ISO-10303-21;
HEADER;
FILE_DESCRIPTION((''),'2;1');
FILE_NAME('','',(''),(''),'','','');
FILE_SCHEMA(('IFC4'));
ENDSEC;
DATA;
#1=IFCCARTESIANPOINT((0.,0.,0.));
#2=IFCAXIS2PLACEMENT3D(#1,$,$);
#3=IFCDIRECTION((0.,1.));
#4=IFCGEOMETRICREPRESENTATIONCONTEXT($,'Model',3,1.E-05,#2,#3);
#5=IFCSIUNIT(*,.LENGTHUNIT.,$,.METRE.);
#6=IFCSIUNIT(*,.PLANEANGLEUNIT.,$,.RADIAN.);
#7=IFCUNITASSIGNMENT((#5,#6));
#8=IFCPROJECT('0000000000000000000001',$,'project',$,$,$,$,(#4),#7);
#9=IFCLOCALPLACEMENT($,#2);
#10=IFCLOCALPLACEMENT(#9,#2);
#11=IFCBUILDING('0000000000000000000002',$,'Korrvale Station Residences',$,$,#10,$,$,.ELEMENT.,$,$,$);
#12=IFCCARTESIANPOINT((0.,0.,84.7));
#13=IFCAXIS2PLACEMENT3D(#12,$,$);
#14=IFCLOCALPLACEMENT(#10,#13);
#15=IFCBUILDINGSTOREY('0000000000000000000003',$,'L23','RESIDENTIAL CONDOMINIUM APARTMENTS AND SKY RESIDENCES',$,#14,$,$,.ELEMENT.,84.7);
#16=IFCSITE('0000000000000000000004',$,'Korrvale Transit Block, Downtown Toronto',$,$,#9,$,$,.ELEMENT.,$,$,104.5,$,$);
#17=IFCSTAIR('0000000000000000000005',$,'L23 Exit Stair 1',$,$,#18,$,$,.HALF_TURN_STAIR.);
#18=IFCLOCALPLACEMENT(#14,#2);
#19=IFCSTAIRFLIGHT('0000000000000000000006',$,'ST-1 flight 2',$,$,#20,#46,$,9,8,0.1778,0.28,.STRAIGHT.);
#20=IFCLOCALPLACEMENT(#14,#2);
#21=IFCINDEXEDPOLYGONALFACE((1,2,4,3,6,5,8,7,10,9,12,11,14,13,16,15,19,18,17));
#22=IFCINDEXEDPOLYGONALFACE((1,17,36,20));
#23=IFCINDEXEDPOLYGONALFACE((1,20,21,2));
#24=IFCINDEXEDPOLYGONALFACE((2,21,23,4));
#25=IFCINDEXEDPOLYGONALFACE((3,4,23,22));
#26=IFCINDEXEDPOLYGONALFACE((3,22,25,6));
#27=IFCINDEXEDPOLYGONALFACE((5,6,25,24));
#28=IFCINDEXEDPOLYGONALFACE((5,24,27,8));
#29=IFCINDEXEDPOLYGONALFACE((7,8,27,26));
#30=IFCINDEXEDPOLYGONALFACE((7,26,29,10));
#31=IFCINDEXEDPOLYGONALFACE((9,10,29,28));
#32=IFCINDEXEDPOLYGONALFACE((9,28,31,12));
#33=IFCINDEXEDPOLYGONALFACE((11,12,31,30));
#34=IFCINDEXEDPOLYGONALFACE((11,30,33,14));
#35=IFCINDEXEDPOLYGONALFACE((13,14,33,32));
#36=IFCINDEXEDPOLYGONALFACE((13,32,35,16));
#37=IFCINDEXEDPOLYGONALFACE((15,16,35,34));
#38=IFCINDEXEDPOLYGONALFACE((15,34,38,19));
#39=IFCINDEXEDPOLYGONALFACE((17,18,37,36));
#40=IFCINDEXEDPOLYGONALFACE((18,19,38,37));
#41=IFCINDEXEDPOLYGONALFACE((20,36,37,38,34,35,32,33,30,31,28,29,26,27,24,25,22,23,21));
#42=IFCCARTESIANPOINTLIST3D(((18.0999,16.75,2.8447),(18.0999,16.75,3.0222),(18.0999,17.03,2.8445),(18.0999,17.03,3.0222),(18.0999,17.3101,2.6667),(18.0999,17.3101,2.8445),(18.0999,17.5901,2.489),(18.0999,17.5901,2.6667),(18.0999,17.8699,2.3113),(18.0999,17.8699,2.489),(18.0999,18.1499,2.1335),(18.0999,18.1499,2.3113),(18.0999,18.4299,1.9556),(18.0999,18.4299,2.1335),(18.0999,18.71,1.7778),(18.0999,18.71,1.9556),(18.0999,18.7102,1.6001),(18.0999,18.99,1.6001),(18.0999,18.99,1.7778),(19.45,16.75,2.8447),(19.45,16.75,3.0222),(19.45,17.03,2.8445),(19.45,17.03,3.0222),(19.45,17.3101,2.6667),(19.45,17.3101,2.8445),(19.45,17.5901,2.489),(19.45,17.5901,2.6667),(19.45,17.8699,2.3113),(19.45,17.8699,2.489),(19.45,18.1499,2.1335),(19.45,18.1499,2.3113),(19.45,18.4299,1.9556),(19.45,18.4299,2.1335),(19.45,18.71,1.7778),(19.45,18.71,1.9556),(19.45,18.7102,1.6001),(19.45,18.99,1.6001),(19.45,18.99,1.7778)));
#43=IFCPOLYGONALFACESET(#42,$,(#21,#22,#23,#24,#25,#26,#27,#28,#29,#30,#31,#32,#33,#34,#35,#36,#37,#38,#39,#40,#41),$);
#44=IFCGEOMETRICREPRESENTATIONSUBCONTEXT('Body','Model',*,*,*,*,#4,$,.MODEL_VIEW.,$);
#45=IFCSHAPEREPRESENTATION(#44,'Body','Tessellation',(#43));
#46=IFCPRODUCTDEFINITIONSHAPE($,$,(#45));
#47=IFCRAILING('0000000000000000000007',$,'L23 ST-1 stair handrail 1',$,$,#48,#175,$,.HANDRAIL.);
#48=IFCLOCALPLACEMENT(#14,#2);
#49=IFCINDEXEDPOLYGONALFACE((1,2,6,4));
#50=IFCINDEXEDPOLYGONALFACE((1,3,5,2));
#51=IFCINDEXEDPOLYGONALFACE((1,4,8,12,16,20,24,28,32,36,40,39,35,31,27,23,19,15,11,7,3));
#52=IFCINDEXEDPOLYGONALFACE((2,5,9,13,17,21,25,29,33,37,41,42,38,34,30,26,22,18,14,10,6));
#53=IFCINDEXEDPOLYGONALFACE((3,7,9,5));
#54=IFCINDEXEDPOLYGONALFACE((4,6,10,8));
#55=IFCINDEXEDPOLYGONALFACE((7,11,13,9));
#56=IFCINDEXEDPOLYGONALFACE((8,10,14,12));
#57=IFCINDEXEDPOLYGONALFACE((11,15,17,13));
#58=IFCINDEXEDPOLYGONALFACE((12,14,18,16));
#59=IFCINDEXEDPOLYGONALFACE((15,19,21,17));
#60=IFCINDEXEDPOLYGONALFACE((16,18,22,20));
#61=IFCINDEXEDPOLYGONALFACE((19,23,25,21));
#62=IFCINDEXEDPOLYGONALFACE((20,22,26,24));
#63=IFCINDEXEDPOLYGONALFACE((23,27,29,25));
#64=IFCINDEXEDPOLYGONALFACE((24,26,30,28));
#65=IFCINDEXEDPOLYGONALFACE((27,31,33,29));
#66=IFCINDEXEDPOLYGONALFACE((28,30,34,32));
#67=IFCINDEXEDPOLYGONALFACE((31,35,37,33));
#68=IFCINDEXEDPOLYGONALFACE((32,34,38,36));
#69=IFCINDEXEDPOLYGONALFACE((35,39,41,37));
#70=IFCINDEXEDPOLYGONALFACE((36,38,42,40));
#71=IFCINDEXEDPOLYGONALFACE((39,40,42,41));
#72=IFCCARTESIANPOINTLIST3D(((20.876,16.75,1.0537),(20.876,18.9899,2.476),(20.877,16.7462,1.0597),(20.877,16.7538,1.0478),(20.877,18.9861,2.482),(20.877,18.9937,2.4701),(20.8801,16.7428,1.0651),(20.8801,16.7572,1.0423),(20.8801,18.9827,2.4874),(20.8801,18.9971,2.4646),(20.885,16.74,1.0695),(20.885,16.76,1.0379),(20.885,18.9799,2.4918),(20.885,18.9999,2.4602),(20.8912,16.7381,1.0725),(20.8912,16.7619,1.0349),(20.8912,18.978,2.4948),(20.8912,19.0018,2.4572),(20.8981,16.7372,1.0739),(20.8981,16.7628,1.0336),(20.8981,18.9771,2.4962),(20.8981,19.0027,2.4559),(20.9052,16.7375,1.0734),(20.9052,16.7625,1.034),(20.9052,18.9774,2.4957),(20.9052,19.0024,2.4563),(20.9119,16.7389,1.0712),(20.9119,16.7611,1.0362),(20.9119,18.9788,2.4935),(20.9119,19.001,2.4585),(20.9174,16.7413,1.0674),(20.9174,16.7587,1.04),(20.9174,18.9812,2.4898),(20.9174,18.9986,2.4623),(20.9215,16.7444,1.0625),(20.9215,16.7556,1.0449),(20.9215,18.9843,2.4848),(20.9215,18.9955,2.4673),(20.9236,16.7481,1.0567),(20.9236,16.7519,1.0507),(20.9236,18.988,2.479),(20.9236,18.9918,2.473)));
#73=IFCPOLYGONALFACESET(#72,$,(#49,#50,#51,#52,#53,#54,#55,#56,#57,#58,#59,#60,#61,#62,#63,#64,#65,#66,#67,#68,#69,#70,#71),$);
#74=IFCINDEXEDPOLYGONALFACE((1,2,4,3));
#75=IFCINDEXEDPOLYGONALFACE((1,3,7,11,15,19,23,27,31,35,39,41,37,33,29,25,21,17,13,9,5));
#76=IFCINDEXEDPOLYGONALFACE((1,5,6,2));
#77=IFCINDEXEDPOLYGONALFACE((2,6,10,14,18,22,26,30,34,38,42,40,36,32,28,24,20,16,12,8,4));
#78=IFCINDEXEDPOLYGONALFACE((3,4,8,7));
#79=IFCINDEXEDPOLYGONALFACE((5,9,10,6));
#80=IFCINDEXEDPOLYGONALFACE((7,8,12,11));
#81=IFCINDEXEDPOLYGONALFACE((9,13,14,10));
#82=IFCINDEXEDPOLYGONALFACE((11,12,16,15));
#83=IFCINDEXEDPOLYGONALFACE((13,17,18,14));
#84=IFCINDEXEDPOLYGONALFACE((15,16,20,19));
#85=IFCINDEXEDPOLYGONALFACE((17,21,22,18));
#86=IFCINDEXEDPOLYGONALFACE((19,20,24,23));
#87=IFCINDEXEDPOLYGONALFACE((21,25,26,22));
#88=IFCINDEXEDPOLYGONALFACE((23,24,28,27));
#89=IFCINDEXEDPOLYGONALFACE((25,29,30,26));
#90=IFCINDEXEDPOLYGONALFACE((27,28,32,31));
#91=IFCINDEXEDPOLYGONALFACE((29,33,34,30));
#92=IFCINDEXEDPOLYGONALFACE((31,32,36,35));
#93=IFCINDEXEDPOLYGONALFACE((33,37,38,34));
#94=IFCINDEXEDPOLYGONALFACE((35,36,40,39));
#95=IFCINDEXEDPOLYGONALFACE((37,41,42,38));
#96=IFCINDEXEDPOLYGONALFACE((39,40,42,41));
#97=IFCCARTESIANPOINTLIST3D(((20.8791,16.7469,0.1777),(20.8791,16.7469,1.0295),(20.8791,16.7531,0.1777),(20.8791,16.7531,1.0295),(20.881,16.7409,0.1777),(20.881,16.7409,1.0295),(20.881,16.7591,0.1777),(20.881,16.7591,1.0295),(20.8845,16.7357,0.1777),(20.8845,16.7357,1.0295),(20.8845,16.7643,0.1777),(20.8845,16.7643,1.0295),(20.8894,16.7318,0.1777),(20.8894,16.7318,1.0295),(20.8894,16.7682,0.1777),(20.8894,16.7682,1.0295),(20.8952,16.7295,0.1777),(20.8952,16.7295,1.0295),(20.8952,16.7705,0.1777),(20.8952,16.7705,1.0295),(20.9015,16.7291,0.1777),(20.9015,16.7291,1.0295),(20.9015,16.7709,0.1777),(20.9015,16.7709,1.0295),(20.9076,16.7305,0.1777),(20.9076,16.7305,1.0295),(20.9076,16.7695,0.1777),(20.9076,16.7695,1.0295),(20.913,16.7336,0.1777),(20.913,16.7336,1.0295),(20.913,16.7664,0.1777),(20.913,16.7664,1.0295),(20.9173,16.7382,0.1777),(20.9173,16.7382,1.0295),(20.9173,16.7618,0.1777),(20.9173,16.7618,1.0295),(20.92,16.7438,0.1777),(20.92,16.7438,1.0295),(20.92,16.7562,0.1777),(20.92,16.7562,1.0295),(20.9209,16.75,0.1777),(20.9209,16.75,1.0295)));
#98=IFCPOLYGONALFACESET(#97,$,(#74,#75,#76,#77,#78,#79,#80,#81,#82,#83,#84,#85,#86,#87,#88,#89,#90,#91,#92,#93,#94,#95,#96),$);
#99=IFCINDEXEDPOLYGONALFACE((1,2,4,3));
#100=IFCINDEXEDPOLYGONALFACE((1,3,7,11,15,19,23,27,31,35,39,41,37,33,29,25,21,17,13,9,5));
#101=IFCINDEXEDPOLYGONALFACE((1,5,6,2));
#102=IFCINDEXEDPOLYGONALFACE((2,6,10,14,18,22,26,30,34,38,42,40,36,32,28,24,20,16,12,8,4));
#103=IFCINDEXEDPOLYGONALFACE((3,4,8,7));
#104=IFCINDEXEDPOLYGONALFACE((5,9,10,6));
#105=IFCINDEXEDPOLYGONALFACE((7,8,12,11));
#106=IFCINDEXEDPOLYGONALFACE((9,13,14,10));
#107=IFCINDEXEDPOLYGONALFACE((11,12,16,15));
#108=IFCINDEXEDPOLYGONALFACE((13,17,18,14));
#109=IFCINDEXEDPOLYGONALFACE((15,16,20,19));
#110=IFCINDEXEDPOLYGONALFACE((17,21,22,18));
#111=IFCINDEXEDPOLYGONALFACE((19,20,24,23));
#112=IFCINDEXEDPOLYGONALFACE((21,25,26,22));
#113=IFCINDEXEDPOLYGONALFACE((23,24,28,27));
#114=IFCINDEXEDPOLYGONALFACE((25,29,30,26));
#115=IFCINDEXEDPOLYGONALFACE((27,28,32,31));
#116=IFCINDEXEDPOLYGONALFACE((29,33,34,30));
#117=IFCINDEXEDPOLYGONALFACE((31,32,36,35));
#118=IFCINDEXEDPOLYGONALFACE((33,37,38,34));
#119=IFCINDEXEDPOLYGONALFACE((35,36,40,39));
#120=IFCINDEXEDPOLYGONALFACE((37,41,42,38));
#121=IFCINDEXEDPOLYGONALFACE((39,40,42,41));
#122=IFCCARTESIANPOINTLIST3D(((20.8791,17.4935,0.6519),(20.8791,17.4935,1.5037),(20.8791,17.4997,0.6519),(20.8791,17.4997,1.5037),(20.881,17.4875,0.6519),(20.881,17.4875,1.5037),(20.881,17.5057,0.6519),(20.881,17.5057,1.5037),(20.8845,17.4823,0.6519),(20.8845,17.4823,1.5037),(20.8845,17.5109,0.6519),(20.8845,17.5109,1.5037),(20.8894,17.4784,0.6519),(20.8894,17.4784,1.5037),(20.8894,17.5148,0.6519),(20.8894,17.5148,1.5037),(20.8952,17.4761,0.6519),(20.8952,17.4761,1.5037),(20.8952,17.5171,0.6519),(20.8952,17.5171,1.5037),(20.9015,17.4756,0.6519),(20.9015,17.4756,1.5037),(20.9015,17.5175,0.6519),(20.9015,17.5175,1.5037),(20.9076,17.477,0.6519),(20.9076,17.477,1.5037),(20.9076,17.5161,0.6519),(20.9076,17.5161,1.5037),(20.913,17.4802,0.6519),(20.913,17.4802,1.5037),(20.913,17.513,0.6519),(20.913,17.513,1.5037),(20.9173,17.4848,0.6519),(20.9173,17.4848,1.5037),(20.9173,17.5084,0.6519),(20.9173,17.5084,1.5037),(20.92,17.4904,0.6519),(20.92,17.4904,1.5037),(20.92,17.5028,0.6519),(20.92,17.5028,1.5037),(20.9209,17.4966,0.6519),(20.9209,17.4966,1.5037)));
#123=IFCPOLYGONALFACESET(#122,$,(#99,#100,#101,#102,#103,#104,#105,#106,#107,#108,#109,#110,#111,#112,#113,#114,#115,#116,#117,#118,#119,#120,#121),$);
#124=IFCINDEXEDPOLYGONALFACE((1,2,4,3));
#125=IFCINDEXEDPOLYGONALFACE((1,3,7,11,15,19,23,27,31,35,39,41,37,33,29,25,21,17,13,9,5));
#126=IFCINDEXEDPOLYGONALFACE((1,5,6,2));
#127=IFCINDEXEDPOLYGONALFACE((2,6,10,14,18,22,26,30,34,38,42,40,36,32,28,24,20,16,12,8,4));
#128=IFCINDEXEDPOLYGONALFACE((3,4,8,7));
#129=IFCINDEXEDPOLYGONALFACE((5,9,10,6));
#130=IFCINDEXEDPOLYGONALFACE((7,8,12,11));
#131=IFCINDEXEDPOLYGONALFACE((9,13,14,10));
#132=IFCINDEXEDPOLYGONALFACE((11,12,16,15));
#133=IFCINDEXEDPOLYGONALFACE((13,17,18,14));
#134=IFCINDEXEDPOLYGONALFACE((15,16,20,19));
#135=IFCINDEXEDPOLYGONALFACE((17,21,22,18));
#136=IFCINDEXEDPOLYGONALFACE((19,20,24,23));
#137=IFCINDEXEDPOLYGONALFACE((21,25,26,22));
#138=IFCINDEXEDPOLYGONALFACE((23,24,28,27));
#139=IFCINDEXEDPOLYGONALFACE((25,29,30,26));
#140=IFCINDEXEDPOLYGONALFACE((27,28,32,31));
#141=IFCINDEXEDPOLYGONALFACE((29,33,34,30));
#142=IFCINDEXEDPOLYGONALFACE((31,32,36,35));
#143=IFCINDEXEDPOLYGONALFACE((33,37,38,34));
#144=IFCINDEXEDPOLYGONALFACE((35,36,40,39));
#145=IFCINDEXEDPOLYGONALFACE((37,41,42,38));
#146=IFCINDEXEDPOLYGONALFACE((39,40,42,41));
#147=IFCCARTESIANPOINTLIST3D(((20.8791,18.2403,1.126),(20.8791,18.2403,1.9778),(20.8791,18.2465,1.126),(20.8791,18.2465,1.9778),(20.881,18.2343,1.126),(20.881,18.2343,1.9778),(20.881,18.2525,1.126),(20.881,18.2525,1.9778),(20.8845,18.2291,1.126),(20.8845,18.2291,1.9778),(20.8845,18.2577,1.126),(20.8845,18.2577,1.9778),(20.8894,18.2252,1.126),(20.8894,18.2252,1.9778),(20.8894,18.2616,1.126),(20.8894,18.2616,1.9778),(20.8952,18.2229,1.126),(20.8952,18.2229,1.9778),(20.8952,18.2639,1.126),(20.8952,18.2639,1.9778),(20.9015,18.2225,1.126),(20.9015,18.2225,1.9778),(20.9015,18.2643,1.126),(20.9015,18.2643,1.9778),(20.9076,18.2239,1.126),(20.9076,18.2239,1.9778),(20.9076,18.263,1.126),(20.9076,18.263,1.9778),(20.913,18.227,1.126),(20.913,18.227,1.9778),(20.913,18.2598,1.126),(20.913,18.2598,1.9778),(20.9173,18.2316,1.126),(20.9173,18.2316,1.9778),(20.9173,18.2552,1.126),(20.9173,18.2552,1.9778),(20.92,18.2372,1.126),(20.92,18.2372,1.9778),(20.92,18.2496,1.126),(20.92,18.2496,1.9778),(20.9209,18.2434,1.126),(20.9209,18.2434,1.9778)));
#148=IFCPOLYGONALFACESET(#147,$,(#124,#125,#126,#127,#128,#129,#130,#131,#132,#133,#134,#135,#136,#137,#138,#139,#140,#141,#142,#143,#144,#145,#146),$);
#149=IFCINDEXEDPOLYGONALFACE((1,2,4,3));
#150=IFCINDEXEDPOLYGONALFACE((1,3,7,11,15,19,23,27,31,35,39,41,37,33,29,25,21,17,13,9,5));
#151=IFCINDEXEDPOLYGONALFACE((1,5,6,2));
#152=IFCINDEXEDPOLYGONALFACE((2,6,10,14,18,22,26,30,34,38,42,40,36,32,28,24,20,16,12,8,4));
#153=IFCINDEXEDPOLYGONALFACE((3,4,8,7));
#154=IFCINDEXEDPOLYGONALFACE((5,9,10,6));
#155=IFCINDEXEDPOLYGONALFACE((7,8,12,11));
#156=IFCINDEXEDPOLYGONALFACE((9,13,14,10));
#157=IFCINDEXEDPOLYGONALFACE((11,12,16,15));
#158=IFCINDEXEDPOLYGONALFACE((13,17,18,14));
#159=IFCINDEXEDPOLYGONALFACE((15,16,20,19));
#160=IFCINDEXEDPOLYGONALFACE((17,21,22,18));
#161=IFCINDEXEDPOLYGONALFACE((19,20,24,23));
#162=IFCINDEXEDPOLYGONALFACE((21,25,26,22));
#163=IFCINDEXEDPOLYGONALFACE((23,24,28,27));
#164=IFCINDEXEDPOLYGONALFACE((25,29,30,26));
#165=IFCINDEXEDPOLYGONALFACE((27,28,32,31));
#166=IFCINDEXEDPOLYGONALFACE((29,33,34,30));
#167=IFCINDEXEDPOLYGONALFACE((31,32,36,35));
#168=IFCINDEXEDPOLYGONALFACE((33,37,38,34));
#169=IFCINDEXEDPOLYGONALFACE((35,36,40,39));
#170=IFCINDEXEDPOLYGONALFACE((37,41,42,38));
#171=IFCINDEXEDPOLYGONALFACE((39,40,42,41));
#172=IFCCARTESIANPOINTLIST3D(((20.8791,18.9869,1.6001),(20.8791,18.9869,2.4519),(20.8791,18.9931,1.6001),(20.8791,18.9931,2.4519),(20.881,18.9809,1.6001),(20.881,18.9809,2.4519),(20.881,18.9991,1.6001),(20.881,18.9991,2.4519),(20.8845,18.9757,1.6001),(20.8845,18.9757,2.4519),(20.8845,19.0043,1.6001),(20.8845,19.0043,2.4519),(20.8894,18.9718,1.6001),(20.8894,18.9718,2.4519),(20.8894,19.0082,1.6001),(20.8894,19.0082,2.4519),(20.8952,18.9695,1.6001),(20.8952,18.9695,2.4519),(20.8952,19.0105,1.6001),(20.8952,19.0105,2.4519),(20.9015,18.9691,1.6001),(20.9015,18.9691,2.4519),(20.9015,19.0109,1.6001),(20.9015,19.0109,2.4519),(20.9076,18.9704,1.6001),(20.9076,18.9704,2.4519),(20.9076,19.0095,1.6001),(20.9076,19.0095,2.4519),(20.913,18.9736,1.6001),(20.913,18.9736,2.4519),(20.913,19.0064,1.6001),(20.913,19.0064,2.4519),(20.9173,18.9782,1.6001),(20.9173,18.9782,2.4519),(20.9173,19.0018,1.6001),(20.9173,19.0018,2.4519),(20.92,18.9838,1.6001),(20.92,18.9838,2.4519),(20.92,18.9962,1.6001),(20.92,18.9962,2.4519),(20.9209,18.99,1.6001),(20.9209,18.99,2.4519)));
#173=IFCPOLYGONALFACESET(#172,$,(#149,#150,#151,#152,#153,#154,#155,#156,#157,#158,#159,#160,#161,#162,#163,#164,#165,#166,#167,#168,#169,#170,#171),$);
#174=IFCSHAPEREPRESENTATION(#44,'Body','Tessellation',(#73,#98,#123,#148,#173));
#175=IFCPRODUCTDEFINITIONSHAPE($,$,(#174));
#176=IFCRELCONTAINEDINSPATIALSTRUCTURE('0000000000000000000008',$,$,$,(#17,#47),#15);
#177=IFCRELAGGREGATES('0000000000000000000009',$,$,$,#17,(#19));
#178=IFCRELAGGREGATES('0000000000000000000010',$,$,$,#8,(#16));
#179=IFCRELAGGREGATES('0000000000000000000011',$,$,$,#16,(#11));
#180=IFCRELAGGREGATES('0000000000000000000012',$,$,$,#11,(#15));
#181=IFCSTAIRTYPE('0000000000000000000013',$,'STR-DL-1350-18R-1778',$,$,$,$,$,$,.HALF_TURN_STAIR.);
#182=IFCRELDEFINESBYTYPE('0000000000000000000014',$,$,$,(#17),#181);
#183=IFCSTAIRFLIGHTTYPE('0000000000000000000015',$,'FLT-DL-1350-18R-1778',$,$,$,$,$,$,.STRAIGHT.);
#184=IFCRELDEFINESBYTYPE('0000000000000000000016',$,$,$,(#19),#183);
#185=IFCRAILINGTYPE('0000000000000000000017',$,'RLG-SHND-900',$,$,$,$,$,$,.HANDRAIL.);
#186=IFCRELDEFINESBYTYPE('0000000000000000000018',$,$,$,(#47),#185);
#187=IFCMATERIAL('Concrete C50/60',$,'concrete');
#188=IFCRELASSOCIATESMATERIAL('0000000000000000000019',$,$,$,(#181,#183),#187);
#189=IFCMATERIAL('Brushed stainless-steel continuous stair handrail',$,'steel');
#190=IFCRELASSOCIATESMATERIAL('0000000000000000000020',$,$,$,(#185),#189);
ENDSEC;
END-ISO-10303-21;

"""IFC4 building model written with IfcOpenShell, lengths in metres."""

from ifc_helpers import new_model, si_unit, direction, frame, origin, origin_2d, place, context, subcontext, project, spatial, polyline, circle, outline, extrude, material, type_object, element, aggregate, save


model = new_model("IFC4")

# Units and contexts
model_context = context("Model", 3, precision=1e-05, world=origin(), true_north=direction((0.0, 1.0)))
body_context = subcontext(model_context, "Body", "Model", "MODEL_VIEW")
ifc_project = project(units=[si_unit("LENGTHUNIT", "METRE"), si_unit("PLANEANGLEUNIT", "RADIAN")], contexts=[model_context])

# Site, building, storey
site_placement = place(None, origin())
site = spatial("IfcSite", under=ifc_project, at=site_placement, Name="Korrvale Transit Block, Downtown Toronto", CompositionType="ELEMENT", RefElevation=104.5)
building_placement = place(site_placement, origin())
building = spatial("IfcBuilding", under=site, at=building_placement, Name="Korrvale Station Residences", CompositionType="ELEMENT")
storey_placement = place(building_placement, frame((0.0, 0.0, 84.7)))
storey = spatial("IfcBuildingStorey", under=building, at=storey_placement, Name="L23", Description="RESIDENTIAL CONDOMINIUM APARTMENTS AND SKY RESIDENCES", CompositionType="ELEMENT", Elevation=84.7)

# Stair, stair flight
ifc_material_1 = material(Name="Concrete C50/60", Category="concrete")
stair_type = type_object("IfcStairType", Name="STR-DL-1350-18R-1778", PredefinedType="HALF_TURN_STAIR", material=ifc_material_1)
stair_placement = place(storey_placement, origin())
stair = element("IfcStair", 1, at=stair_placement, inside=storey, type_object=stair_type, Name="L23 Exit Stair 1", PredefinedType="HALF_TURN_STAIR")
stair_flight_type = type_object("IfcStairFlightType", Name="FLT-DL-1350-18R-1778", PredefinedType="STRAIGHT", material=ifc_material_1)
stair_flight_1_placement = place(storey_placement, frame((18.7749, 18.99, 1.6001), z_axis=(0.0, 0.0, 1.0), x_axis=(0.0, -1.0, 0.0)))
stair_flight_1 = element("IfcStairFlight", 2, at=stair_flight_1_placement, type_object=stair_flight_type, Name="ST-1 flight 2", NumberOfRisers=9, NumberOfTreads=8, PredefinedType="STRAIGHT", RiserHeight=0.1778, TreadLength=0.28, context=body_context, shape_type="SweptSolid", body=[
    extrude(outline(polyline([(0.0, 0.0), (0.0, 0.1777), (0.28, 0.1777), (0.28, 0.3555), (0.5601, 0.3555), (0.5601, 0.5334), (0.8401, 0.5334), (0.8401, 0.7112), (1.1201, 0.7112), (1.1201, 0.8889), (1.3999, 0.8889), (1.3999, 1.0667), (1.6799, 1.0667), (1.6799, 1.2444), (1.96, 1.2444), (1.96, 1.4221), (2.24, 1.4221), (2.24, 1.6001), (2.24, 1.2446), (0.2798, 0.0), (0.0, 0.0)])), frame((0.0, 0.675, 0.0), z_axis=(0.0, -1.0, 0.0), x_axis=(1.0, 0.0, 0.0)), (0.0, 0.0, 1.0), 1.3501),
])
aggregate(stair, [stair_flight_1])

# Railing
ifc_material_2 = material(Name="Brushed stainless-steel continuous stair handrail", Category="steel")
railing_type_1 = type_object("IfcRailingType", Name="RLG-SHND-900", PredefinedType="HANDRAIL", material=ifc_material_2)
railing_1_placement = place(storey_placement, frame((20.8999, 16.75, 0.1777)))
element("IfcRailing", 3, at=railing_1_placement, inside=storey, type_object=railing_type_1, Name="L23 ST-1 stair handrail 1", PredefinedType="HANDRAIL", context=body_context, shape_type="SweptSolid", body=[
    extrude(circle(Radius=0.0239, at=origin_2d()), frame((0.0, 0.0, 0.876), z_axis=(0.0, 0.844188, 0.536048), x_axis=(-1.0, 0.0, 0.0)), (0.0, 0.0, 1.0), 2.6533),
    extrude(circle(Radius=0.021, at=origin_2d()), origin(), (0.0, 0.0, 1.0), 0.8518),
    extrude(circle(Radius=0.021, at=origin_2d()), frame((0.0, 0.7466, 0.4741)), (0.0, 0.0, 1.0), 0.8518),
    extrude(circle(Radius=0.021, at=origin_2d()), frame((0.0, 1.4934, 0.9482)), (0.0, 0.0, 1.0), 0.8518),
    extrude(circle(Radius=0.021, at=origin_2d()), frame((0.0, 2.24, 1.4224)), (0.0, 0.0, 1.0), 0.8518),
])

save(model, "model.ifc")
